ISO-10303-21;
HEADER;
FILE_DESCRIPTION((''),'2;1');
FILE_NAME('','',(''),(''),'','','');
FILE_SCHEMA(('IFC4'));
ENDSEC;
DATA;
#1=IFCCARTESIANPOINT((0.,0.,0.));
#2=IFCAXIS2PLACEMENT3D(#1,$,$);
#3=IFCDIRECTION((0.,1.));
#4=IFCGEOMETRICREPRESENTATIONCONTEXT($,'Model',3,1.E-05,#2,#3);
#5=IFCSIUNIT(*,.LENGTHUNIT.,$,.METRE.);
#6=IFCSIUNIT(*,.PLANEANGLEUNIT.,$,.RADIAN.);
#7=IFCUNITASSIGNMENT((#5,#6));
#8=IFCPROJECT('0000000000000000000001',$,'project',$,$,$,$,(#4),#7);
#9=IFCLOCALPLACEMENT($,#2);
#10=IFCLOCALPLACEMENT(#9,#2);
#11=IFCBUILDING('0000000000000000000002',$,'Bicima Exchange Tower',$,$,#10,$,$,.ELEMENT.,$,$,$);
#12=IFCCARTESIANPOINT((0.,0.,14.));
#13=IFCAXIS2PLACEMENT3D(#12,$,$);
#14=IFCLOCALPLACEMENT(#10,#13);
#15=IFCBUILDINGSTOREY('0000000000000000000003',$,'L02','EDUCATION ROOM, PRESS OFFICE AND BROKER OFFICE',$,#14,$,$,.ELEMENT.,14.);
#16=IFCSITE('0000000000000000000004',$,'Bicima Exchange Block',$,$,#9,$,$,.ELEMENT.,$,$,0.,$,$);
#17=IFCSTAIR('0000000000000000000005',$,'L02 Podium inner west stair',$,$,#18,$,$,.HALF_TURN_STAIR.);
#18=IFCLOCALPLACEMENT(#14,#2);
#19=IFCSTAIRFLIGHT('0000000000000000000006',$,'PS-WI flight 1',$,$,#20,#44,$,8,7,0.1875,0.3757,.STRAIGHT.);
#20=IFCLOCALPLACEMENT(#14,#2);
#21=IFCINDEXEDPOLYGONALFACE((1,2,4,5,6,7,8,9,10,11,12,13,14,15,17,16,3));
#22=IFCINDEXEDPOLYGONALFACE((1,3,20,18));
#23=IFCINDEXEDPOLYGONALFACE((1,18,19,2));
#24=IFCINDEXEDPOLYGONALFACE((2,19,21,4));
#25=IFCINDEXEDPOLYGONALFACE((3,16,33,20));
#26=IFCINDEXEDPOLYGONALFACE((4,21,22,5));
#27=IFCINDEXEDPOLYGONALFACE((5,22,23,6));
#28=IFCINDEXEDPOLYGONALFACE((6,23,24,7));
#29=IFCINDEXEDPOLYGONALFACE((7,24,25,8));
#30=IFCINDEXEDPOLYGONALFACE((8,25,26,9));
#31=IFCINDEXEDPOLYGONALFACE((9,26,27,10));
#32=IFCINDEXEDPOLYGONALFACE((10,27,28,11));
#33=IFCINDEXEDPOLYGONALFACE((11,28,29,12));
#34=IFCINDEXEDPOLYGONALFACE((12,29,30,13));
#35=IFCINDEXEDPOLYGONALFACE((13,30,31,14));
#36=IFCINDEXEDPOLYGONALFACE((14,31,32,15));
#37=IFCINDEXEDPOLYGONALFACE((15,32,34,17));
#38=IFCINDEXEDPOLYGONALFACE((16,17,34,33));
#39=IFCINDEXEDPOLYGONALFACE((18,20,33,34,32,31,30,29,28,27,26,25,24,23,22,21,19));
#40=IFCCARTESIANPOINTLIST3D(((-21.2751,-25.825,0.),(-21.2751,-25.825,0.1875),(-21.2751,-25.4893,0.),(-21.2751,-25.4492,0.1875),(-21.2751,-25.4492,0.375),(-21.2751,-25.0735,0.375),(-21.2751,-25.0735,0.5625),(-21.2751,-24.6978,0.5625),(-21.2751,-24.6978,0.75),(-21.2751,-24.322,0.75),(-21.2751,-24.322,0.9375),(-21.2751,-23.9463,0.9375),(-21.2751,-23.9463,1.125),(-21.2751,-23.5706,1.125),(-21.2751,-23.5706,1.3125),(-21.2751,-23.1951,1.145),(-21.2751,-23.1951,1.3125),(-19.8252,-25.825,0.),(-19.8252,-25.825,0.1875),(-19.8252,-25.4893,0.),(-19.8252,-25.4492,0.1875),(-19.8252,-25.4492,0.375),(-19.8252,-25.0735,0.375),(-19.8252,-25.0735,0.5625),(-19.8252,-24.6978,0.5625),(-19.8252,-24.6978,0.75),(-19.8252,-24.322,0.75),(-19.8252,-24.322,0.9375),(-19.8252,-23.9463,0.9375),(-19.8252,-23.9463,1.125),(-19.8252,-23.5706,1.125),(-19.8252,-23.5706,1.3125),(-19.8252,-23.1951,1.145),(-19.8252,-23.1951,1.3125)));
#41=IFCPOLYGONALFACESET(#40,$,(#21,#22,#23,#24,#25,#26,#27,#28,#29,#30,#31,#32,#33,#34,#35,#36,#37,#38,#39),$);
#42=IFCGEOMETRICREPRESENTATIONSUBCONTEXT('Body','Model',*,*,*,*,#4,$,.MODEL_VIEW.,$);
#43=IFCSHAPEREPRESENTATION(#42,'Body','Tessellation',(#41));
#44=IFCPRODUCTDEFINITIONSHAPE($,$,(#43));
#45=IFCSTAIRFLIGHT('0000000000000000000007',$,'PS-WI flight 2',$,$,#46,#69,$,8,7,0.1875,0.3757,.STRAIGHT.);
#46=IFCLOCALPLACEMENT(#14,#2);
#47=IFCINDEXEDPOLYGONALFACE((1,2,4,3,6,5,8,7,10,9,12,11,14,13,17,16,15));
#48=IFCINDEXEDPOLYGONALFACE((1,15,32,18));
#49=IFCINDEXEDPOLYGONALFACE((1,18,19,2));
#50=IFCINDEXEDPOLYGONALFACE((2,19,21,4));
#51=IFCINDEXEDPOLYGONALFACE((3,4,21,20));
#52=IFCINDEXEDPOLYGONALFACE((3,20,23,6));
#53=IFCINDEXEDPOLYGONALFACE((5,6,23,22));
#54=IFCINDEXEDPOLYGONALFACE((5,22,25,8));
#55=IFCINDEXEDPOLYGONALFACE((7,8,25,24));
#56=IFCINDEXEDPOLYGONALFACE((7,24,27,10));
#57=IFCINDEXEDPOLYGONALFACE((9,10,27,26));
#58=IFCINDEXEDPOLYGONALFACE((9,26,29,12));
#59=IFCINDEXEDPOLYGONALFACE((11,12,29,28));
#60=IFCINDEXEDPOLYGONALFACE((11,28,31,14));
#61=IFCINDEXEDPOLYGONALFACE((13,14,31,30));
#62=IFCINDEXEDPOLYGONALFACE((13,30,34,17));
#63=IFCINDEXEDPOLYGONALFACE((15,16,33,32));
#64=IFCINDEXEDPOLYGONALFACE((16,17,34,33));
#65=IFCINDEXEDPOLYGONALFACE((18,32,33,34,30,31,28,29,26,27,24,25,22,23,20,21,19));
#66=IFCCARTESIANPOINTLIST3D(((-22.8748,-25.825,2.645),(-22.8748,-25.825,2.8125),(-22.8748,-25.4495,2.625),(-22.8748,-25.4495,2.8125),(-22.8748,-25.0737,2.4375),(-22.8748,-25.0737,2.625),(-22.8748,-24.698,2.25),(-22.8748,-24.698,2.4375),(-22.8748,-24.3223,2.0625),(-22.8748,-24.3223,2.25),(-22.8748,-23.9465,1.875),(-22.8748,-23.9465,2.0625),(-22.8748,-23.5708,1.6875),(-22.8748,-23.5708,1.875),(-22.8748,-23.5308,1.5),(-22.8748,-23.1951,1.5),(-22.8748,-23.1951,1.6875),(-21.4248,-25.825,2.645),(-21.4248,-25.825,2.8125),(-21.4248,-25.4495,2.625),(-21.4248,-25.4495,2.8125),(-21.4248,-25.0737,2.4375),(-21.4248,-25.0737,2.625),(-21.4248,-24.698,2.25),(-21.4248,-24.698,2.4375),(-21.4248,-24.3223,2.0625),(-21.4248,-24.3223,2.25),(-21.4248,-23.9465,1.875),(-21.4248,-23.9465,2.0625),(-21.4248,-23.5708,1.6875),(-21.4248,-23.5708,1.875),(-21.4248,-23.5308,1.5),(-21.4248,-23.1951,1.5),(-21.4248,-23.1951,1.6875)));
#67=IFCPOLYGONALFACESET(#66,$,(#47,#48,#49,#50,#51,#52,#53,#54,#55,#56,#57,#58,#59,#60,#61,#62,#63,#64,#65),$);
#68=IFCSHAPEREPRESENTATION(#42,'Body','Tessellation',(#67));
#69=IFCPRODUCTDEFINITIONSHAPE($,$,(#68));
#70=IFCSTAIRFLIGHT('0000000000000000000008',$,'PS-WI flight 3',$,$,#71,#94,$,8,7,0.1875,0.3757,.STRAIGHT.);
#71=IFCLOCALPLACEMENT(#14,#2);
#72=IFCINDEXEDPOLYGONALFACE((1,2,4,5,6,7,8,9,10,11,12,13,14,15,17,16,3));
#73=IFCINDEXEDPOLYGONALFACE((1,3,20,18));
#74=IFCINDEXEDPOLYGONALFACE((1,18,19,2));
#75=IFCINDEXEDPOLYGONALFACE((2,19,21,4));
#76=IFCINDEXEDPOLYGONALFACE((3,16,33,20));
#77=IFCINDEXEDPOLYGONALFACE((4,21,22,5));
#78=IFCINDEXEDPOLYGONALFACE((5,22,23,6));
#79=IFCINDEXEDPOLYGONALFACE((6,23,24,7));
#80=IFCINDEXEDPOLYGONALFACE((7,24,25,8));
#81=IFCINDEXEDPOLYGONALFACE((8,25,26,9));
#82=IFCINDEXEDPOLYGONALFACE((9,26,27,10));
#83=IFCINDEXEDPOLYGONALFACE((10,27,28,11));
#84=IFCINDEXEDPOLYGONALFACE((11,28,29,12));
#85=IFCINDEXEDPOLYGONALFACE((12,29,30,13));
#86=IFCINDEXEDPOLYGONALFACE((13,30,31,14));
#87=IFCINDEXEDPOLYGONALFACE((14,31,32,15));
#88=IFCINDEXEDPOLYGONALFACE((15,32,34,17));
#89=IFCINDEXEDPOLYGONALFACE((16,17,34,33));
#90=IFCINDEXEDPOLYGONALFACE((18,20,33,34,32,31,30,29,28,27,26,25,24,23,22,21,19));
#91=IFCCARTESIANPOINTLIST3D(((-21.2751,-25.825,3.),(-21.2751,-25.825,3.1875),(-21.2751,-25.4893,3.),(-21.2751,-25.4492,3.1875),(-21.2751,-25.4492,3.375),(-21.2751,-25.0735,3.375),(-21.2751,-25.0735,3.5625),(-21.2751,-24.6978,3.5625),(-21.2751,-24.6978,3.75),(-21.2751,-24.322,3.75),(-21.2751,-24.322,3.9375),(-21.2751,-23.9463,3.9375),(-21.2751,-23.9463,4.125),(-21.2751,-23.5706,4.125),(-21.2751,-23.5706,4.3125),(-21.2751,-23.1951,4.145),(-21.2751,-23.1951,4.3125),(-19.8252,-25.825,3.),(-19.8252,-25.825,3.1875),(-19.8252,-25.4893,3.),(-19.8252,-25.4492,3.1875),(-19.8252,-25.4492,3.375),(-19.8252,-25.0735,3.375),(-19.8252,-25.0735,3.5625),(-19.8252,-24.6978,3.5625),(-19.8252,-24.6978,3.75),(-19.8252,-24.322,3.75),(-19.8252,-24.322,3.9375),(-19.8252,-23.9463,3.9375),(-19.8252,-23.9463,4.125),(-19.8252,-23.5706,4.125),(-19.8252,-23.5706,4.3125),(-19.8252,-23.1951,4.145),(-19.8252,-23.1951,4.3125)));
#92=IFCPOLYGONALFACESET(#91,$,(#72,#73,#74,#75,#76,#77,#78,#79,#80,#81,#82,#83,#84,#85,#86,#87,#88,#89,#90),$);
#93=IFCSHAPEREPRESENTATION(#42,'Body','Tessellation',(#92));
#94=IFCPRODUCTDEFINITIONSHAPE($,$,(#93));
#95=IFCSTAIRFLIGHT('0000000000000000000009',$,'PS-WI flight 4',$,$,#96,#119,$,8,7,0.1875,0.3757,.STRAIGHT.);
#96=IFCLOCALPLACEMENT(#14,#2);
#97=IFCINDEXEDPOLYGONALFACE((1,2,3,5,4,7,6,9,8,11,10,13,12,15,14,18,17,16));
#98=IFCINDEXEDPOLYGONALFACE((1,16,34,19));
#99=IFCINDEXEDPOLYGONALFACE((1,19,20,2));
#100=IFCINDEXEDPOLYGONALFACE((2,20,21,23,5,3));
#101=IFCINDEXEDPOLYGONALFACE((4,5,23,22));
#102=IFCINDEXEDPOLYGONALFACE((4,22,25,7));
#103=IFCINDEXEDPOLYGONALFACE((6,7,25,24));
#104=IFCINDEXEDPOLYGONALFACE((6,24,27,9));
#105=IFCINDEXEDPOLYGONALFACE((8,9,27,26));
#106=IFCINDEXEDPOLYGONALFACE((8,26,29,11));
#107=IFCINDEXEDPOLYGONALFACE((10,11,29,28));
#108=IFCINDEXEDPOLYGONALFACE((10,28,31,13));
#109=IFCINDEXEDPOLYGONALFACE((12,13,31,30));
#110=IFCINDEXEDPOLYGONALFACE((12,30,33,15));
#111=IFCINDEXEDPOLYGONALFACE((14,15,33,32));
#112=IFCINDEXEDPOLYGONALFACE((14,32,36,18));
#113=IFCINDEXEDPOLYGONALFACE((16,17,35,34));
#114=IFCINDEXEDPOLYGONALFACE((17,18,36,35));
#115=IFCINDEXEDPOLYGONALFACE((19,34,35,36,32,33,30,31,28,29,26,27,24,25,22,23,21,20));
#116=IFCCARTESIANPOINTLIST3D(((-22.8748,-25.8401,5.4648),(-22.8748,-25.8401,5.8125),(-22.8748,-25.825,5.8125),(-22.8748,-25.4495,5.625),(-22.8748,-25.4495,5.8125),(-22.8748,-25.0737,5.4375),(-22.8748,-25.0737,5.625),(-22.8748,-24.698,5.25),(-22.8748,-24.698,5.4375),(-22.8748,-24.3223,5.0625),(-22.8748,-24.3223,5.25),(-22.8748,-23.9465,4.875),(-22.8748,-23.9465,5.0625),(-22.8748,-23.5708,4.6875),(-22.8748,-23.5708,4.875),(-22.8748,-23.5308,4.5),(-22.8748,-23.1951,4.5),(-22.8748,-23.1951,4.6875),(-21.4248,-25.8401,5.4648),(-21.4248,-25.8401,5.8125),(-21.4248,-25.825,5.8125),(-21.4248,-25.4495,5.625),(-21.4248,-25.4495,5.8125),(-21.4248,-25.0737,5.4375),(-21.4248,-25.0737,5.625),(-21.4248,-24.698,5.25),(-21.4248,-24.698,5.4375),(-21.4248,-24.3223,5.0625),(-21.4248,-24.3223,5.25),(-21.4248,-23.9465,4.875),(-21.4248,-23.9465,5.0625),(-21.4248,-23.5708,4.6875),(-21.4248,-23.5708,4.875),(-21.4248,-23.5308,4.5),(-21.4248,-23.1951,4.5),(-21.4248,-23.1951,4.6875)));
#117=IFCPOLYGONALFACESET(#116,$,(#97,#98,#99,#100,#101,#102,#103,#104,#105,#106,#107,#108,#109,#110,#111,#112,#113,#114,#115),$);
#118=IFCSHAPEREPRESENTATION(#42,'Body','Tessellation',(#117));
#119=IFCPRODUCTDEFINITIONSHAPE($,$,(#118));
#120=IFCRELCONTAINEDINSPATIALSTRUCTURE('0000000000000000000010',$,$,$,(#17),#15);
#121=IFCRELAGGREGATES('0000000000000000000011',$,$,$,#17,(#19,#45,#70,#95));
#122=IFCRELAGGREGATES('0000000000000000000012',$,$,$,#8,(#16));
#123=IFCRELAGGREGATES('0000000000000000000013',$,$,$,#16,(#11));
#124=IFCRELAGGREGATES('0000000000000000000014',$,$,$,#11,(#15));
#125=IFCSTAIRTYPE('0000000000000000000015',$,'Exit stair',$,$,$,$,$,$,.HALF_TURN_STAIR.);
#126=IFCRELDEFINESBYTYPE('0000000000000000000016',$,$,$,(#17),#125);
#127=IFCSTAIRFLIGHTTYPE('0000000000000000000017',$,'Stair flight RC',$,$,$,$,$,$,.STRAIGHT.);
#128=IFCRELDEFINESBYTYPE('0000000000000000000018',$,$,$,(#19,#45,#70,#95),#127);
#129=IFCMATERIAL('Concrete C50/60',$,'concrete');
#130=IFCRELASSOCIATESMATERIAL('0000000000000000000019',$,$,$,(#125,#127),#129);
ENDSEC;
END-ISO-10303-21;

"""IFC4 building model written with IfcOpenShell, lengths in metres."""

from ifc_helpers import new_model, si_unit, direction, frame, origin, place, context, subcontext, project, spatial, polyline, outline, extrude, material, type_object, element, aggregate, save


model = new_model("IFC4")

# Units and contexts
model_context = context("Model", 3, precision=1e-05, world=origin(), true_north=direction((0.0, 1.0)))
body_context = subcontext(model_context, "Body", "Model", "MODEL_VIEW")
ifc_project = project(units=[si_unit("LENGTHUNIT", "METRE"), si_unit("PLANEANGLEUNIT", "RADIAN")], contexts=[model_context])

# Site, building, storey
site_placement = place(None, origin())
site = spatial("IfcSite", under=ifc_project, at=site_placement, Name="Bicima Exchange Block", CompositionType="ELEMENT", RefElevation=0.0)
building_placement = place(site_placement, origin())
building = spatial("IfcBuilding", under=site, at=building_placement, Name="Bicima Exchange Tower", CompositionType="ELEMENT")
storey_placement = place(building_placement, frame((0.0, 0.0, 14.0)))
storey = spatial("IfcBuildingStorey", under=building, at=storey_placement, Name="L02", Description="EDUCATION ROOM, PRESS OFFICE AND BROKER OFFICE", CompositionType="ELEMENT", Elevation=14.0)

# Shared definitions
ifc_material_1 = material(Name="Concrete C50/60", Category="concrete")

# Stair, stair flights
stair_type = type_object("IfcStairType", Name="Exit stair", PredefinedType="HALF_TURN_STAIR", material=ifc_material_1)
stair_placement = place(storey_placement, origin())
stair = element("IfcStair", 1, at=stair_placement, inside=storey, type_object=stair_type, Name="L02 Podium inner west stair", PredefinedType="HALF_TURN_STAIR")
stair_flight_type = type_object("IfcStairFlightType", Name="Stair flight RC", PredefinedType="STRAIGHT", material=ifc_material_1)
stair_flight_1_placement = place(storey_placement, frame((-20.55, -25.825, 0.0), z_axis=(0.0, 0.0, 1.0), x_axis=(0.0, 1.0, 0.0)))
stair_flight_1 = element("IfcStairFlight", 2, at=stair_flight_1_placement, type_object=stair_flight_type, Name="PS-WI flight 1", NumberOfRisers=8, NumberOfTreads=7, PredefinedType="STRAIGHT", RiserHeight=0.1875, TreadLength=0.3757, context=body_context, shape_type="SweptSolid", body=[
    extrude(outline(polyline([(0.0, 0.0), (0.0, 0.1875), (0.3757, 0.1875), (0.3757, 0.375), (0.7515, 0.375), (0.7515, 0.5625), (1.1272, 0.5625), (1.1272, 0.75), (1.5029, 0.75), (1.5029, 0.9375), (1.8787, 0.9375), (1.8787, 1.125), (2.2544, 1.125), (2.2544, 1.3125), (2.6299, 1.3125), (2.6299, 1.5), (2.6299, 1.145), (0.3357, 0.0), (0.0, 0.0)])), frame((0.0, 0.7251, 0.0), z_axis=(0.0, -1.0, 0.0), x_axis=(1.0, 0.0, 0.0)), (0.0, 0.0, 1.0), 1.45),
])
stair_flight_2_placement = place(storey_placement, frame((-22.1499, -23.1951, 1.5), z_axis=(0.0, 0.0, 1.0), x_axis=(0.0, -1.0, 0.0)))
stair_flight_2 = element("IfcStairFlight", 3, at=stair_flight_2_placement, type_object=stair_flight_type, Name="PS-WI flight 2", NumberOfRisers=8, NumberOfTreads=7, PredefinedType="STRAIGHT", RiserHeight=0.1875, TreadLength=0.3757, context=body_context, shape_type="SweptSolid", body=[
    extrude(outline(polyline([(0.0, 0.0), (0.0, 0.1875), (0.3757, 0.1875), (0.3757, 0.375), (0.7515, 0.375), (0.7515, 0.5625), (1.1272, 0.5625), (1.1272, 0.75), (1.5029, 0.75), (1.5029, 0.9375), (1.8787, 0.9375), (1.8787, 1.125), (2.2544, 1.125), (2.2544, 1.3125), (2.6299, 1.3125), (2.6299, 1.5), (2.6299, 1.145), (0.3357, 0.0), (0.0, 0.0)])), frame((0.0, 0.7251, 0.0), z_axis=(0.0, -1.0, 0.0), x_axis=(1.0, 0.0, 0.0)), (0.0, 0.0, 1.0), 1.45),
])
stair_flight_3_placement = place(storey_placement, frame((-20.55, -25.825, 3.0), z_axis=(0.0, 0.0, 1.0), x_axis=(0.0, 1.0, 0.0)))
stair_flight_3 = element("IfcStairFlight", 4, at=stair_flight_3_placement, type_object=stair_flight_type, Name="PS-WI flight 3", NumberOfRisers=8, NumberOfTreads=7, PredefinedType="STRAIGHT", RiserHeight=0.1875, TreadLength=0.3757, context=body_context, shape_type="SweptSolid", body=[
    extrude(outline(polyline([(0.0, 0.0), (0.0, 0.1875), (0.3757, 0.1875), (0.3757, 0.375), (0.7515, 0.375), (0.7515, 0.5625), (1.1272, 0.5625), (1.1272, 0.75), (1.5029, 0.75), (1.5029, 0.9375), (1.8787, 0.9375), (1.8787, 1.125), (2.2544, 1.125), (2.2544, 1.3125), (2.6299, 1.3125), (2.6299, 1.5), (2.6299, 1.145), (0.3357, 0.0), (0.0, 0.0)])), frame((0.0, 0.7251, 0.0), z_axis=(0.0, -1.0, 0.0), x_axis=(1.0, 0.0, 0.0)), (0.0, 0.0, 1.0), 1.45),
])
stair_flight_4_placement = place(storey_placement, frame((-22.1499, -23.1951, 4.5), z_axis=(0.0, 0.0, 1.0), x_axis=(0.0, -1.0, 0.0)))
stair_flight_4 = element("IfcStairFlight", 5, at=stair_flight_4_placement, type_object=stair_flight_type, Name="PS-WI flight 4", NumberOfRisers=8, NumberOfTreads=7, PredefinedType="STRAIGHT", RiserHeight=0.1875, TreadLength=0.3757, context=body_context, shape_type="SweptSolid", body=[
    extrude(outline(polyline([(0.0, 0.0), (0.0, 0.1875), (0.3757, 0.1875), (0.3757, 0.375), (0.7515, 0.375), (0.7515, 0.5625), (1.1272, 0.5625), (1.1272, 0.75), (1.5029, 0.75), (1.5029, 0.9375), (1.8787, 0.9375), (1.8787, 1.125), (2.2544, 1.125), (2.2544, 1.3125), (2.6299, 1.3125), (2.645, 1.3125), (2.645, 0.9648), (0.3357, 0.0), (0.0, 0.0)])), frame((0.0, 0.7251, 0.0), z_axis=(0.0, -1.0, 0.0), x_axis=(1.0, 0.0, 0.0)), (0.0, 0.0, 1.0), 1.45),
])
aggregate(stair, [stair_flight_1, stair_flight_2, stair_flight_3, stair_flight_4])

save(model, "model.ifc")
